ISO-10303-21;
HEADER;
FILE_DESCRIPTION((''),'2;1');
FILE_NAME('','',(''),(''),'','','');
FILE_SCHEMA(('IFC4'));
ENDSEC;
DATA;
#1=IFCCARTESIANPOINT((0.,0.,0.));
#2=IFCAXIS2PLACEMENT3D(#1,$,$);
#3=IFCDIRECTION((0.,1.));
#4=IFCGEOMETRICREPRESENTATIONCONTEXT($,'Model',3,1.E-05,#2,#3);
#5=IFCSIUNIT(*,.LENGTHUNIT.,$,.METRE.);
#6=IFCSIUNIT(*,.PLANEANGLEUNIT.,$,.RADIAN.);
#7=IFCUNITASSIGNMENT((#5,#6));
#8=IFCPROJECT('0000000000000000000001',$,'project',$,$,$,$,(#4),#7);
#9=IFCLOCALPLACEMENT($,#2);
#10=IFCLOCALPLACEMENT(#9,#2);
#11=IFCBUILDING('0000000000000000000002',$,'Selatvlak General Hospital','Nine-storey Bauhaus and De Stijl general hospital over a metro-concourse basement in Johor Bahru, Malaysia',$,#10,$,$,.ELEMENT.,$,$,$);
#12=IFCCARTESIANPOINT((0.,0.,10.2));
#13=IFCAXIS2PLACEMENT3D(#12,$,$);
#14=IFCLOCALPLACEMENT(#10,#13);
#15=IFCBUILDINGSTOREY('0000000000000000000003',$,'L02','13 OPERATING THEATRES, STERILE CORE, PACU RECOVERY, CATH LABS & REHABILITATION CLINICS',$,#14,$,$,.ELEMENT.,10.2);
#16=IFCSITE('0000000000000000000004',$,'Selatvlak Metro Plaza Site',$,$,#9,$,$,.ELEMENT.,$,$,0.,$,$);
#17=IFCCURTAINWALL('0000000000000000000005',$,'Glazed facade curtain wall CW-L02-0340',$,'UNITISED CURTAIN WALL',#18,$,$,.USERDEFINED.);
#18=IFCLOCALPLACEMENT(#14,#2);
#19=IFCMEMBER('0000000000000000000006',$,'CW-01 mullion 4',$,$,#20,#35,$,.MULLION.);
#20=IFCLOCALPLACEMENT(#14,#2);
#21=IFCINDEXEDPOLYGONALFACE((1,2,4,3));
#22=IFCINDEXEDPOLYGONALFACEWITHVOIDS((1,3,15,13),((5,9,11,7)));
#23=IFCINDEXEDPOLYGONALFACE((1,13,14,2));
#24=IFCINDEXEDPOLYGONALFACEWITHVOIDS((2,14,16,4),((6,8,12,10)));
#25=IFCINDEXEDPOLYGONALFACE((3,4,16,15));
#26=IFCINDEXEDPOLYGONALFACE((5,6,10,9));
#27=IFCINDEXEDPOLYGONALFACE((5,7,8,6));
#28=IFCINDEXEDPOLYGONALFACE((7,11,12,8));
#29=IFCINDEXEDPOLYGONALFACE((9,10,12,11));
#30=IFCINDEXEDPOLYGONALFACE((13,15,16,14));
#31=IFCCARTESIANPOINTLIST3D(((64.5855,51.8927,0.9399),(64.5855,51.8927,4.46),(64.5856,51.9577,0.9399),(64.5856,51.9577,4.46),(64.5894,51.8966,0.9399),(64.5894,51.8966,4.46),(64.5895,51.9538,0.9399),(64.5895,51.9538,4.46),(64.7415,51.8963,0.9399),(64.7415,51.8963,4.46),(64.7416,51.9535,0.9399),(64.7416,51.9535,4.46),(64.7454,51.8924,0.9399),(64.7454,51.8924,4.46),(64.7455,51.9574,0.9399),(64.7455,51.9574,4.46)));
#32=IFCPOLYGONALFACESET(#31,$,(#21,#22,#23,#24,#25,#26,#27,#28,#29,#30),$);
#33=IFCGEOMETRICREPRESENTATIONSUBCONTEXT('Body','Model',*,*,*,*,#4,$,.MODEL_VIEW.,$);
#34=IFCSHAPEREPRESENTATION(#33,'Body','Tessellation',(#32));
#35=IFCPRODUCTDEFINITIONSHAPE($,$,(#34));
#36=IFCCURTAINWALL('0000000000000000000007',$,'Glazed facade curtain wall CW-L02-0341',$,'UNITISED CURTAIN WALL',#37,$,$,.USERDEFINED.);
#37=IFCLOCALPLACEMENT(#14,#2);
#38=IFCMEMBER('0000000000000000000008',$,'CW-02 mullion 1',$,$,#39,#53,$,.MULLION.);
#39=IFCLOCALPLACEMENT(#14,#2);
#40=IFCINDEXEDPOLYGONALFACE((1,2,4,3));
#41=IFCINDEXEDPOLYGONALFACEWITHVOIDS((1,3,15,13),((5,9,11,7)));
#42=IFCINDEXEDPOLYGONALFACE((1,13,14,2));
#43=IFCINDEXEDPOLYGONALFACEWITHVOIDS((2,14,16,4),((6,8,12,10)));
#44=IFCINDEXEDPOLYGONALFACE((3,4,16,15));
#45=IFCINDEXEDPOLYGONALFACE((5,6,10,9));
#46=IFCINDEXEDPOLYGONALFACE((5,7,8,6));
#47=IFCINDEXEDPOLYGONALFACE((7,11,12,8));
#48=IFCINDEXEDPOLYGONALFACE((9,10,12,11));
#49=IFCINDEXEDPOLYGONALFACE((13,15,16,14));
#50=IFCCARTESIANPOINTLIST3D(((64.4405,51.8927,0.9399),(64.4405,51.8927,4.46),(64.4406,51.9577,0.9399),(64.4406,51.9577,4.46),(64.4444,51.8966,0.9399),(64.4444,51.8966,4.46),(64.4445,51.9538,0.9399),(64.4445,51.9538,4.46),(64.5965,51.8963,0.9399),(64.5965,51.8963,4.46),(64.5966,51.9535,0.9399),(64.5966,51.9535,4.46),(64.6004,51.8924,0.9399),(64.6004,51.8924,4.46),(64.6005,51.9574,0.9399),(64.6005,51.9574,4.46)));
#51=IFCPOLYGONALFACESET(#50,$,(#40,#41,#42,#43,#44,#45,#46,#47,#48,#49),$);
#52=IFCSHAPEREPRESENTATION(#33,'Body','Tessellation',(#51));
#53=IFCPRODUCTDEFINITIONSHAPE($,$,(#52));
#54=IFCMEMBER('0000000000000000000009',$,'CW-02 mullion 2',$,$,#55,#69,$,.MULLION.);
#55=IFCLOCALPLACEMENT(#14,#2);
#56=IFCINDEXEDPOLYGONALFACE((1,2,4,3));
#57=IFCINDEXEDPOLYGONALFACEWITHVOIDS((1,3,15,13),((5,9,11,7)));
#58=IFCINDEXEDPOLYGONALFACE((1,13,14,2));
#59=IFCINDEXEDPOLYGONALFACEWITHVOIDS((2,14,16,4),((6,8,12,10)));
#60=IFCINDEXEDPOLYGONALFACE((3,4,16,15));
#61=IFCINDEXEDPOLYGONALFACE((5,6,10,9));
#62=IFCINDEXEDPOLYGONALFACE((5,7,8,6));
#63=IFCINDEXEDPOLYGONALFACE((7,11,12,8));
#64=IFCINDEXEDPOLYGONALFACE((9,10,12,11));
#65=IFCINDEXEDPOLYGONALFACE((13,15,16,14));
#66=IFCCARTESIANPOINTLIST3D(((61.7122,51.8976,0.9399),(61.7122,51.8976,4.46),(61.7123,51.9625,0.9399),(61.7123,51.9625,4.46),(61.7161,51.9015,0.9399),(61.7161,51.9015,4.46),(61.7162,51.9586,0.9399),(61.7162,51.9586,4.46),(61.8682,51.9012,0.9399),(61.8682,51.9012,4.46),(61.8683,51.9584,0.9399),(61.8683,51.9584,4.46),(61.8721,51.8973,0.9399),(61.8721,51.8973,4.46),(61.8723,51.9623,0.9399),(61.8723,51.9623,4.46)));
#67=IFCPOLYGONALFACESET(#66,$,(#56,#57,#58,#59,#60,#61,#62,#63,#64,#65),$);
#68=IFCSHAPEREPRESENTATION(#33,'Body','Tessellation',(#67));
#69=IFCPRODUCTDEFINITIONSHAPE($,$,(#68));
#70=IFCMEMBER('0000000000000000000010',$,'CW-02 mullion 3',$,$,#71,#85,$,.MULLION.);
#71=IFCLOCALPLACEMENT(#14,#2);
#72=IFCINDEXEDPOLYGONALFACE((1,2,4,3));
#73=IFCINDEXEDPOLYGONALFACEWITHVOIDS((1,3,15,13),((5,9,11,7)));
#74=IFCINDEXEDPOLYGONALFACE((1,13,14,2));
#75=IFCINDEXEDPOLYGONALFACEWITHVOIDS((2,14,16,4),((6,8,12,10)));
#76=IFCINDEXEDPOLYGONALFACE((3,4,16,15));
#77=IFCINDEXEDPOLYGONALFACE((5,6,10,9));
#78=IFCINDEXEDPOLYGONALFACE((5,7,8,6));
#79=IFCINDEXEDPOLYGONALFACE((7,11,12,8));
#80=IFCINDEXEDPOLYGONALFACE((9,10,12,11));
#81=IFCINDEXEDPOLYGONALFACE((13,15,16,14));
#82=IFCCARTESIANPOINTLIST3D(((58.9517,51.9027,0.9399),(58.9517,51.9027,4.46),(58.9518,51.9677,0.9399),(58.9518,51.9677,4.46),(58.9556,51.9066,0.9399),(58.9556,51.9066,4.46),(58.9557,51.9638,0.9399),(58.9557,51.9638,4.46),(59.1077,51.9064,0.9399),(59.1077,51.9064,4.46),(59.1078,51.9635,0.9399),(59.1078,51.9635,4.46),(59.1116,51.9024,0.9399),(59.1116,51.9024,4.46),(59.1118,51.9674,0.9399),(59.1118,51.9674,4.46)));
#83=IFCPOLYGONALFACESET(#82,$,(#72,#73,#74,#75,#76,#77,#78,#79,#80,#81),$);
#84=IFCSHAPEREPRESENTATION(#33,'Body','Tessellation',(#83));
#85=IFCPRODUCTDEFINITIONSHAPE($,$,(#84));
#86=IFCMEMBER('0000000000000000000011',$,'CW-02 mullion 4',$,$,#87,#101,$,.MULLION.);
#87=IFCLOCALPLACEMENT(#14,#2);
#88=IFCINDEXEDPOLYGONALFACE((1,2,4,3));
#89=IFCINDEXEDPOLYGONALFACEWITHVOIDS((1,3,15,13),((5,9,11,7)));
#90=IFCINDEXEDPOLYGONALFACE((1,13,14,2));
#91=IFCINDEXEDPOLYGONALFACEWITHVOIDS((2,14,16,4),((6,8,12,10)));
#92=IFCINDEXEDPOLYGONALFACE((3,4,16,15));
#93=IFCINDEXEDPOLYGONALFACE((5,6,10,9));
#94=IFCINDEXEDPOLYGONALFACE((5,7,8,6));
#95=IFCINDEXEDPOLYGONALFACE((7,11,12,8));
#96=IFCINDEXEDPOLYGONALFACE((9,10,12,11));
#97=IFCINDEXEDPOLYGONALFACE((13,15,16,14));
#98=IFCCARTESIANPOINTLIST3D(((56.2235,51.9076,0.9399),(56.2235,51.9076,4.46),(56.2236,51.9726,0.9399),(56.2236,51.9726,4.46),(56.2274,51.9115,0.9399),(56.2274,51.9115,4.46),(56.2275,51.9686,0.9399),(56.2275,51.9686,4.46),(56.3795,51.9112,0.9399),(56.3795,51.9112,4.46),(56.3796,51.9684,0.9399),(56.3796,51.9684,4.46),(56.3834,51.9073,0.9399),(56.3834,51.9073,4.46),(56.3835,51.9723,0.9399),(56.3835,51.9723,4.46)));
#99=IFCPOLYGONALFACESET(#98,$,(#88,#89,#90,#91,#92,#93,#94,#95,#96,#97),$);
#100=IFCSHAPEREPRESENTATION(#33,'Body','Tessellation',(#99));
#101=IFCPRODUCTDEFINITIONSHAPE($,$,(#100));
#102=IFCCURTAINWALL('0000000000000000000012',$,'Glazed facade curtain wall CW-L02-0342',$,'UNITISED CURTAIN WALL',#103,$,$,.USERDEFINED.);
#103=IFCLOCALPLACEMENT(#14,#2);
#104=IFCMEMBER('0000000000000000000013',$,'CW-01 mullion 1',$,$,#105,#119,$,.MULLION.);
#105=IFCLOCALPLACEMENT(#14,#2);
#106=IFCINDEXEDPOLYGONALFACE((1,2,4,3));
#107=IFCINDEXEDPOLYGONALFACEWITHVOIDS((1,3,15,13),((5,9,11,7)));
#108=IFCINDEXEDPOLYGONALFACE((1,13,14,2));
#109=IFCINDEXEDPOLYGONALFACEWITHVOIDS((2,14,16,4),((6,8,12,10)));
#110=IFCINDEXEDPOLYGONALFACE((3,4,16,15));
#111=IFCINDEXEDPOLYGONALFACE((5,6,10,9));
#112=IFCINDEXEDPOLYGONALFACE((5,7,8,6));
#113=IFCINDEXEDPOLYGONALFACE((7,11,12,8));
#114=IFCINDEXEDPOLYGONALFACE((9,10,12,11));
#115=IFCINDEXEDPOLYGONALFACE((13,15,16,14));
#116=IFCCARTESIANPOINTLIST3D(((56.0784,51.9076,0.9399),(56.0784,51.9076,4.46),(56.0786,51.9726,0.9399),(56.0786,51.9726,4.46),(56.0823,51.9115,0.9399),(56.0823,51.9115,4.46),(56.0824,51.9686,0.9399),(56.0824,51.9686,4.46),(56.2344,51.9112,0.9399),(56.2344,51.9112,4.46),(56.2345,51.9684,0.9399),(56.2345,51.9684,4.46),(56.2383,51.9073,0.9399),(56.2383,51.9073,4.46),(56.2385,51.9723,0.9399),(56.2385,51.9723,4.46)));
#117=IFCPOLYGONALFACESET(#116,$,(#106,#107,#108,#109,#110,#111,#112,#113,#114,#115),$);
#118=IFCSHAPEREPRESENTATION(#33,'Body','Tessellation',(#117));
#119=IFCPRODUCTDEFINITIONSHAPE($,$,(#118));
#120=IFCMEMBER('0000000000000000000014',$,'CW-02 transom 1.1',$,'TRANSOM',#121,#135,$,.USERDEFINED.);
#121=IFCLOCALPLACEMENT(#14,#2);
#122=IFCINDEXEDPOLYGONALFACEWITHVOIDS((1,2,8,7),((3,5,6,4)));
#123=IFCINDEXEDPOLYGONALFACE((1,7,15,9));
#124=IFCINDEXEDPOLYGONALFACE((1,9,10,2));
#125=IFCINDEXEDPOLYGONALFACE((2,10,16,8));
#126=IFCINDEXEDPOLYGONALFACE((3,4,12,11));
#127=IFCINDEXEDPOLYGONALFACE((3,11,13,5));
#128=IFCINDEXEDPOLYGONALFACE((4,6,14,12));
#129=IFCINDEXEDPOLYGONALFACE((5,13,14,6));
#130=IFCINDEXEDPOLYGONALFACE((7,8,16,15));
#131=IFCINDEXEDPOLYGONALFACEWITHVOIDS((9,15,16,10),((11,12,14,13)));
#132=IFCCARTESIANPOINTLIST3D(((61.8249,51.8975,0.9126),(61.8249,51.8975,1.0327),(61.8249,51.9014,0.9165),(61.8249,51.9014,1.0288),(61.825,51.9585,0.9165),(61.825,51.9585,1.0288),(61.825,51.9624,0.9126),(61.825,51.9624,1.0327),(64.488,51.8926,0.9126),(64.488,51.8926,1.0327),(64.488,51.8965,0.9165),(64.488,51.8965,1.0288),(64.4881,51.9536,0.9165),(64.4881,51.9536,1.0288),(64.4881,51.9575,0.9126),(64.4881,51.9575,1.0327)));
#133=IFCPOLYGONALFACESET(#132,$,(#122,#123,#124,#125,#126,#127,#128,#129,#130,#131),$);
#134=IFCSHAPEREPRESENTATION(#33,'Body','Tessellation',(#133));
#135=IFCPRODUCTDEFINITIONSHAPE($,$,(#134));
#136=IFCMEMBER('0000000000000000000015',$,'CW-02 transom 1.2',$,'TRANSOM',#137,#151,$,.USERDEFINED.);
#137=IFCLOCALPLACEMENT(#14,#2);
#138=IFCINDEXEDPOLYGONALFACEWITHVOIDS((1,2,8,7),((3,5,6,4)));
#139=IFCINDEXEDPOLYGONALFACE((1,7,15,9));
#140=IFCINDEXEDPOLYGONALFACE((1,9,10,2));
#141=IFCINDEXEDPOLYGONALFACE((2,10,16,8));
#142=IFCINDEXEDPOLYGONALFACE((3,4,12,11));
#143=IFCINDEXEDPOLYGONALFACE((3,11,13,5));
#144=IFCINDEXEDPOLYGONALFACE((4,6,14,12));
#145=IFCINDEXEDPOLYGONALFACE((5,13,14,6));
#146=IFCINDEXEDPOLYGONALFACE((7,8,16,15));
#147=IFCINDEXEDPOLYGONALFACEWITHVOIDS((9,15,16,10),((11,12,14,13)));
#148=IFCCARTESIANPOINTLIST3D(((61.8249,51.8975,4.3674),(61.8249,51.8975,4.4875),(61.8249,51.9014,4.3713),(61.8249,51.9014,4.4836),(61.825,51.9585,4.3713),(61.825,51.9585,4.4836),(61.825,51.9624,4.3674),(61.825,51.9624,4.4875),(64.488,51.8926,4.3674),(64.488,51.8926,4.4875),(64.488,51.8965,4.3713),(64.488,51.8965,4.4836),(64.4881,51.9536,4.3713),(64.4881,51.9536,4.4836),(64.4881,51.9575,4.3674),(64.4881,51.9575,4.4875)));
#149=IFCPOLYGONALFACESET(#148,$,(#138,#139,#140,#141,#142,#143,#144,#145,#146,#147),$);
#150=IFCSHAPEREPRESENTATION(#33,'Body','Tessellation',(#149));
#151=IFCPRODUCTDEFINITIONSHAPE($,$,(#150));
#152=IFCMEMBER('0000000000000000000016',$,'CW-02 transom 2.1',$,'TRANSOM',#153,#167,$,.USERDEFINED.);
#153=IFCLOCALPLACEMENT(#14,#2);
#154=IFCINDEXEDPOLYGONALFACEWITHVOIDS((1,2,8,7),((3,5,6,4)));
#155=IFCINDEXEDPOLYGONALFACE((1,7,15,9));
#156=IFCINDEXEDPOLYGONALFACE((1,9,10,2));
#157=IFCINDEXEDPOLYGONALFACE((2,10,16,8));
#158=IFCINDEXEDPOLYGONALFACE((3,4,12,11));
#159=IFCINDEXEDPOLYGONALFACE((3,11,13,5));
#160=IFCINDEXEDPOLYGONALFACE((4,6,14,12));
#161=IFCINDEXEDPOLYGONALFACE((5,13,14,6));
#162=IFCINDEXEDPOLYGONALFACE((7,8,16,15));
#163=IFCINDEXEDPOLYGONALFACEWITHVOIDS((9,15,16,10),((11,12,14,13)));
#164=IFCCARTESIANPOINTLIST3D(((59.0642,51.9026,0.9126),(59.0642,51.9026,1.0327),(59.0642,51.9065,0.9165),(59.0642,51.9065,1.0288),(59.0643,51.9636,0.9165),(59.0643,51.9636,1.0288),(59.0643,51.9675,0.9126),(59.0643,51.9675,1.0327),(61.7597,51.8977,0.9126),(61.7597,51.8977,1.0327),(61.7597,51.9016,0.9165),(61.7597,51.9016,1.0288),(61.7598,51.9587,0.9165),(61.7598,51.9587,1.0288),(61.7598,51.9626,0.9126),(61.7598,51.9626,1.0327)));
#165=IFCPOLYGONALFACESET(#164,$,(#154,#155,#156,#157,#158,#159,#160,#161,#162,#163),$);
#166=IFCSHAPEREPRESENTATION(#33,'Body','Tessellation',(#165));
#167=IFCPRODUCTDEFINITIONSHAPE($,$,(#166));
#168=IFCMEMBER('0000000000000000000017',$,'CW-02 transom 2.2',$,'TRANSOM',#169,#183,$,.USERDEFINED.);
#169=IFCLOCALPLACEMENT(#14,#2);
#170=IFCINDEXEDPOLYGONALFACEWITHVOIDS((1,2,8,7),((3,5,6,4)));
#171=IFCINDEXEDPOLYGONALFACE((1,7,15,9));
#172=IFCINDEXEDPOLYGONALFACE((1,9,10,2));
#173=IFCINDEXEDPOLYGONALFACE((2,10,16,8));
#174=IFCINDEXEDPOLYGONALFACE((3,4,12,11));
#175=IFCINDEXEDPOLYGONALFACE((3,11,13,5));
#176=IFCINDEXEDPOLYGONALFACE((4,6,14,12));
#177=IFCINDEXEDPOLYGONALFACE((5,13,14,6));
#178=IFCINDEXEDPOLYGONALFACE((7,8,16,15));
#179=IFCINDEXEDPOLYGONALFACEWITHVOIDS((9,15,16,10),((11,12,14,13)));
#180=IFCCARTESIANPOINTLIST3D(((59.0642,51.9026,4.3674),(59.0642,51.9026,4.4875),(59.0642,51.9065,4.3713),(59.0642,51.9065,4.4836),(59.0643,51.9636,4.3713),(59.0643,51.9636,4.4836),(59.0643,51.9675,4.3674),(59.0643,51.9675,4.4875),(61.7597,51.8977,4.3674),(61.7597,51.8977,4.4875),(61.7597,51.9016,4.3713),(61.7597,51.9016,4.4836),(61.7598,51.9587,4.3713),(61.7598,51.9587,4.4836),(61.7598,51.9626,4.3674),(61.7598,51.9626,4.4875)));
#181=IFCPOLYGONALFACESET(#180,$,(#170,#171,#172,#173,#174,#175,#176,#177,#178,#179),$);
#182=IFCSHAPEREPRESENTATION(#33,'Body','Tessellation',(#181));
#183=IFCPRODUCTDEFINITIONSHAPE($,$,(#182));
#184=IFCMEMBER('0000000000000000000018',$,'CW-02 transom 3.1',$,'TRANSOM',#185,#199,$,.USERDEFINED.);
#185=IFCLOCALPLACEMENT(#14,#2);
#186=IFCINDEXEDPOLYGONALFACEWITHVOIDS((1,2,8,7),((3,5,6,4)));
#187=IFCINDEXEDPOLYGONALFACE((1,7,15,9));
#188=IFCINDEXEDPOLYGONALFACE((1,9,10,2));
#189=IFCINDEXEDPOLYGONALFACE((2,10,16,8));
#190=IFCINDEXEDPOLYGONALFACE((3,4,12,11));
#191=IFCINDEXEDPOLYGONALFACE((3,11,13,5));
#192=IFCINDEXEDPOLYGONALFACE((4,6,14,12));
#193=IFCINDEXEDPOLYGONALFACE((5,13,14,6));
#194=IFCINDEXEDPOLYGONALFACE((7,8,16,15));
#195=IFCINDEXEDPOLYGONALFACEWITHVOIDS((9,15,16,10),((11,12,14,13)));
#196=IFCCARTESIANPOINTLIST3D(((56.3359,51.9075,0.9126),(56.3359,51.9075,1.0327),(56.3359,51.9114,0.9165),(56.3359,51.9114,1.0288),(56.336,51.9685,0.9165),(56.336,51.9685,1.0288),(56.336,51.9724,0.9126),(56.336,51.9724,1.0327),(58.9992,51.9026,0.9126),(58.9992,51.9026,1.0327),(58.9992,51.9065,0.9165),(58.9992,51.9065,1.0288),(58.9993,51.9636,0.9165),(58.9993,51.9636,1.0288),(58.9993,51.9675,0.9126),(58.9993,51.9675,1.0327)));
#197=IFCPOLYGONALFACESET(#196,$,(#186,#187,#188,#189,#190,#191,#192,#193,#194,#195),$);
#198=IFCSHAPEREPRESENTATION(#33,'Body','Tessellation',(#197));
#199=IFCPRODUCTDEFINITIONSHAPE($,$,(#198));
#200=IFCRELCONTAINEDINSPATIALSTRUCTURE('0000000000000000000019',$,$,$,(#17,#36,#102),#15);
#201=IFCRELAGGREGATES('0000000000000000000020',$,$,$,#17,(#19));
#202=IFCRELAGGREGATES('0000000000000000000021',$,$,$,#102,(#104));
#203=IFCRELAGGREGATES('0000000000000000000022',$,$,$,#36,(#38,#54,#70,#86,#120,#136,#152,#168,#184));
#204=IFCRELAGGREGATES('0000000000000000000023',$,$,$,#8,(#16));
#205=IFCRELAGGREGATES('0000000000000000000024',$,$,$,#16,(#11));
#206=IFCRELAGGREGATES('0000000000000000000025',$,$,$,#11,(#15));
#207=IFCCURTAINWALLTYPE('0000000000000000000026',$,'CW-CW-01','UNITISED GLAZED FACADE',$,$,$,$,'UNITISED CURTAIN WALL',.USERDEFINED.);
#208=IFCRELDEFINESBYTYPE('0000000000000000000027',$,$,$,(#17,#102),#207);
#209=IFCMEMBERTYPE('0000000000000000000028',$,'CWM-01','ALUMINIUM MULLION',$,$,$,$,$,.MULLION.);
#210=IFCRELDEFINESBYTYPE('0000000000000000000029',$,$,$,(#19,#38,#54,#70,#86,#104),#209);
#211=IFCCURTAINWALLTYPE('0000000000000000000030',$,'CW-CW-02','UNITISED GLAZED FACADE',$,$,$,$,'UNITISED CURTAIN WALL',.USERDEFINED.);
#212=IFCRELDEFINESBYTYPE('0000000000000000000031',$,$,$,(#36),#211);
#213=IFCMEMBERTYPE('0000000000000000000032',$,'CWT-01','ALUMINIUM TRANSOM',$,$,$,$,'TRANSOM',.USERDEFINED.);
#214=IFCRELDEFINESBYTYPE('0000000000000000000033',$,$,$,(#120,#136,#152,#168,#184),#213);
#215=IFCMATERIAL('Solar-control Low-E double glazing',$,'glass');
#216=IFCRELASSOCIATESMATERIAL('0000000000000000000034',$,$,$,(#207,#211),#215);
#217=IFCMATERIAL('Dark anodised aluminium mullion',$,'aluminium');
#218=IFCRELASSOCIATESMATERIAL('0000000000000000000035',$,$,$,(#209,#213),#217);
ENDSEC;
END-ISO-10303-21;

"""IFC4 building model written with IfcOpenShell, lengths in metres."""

from ifc_helpers import new_model, si_unit, direction, frame, origin, origin_2d, place, context, subcontext, project, spatial, hollow_rectangle, extrude, material, material_profile, profile_set, type_object, element, aggregate, save


model = new_model("IFC4")

# Units and contexts
model_context = context("Model", 3, precision=1e-05, world=origin(), true_north=direction((0.0, 1.0)))
body_context = subcontext(model_context, "Body", "Model", "MODEL_VIEW")
ifc_project = project(units=[si_unit("LENGTHUNIT", "METRE"), si_unit("PLANEANGLEUNIT", "RADIAN")], contexts=[model_context])

# Site, building, storey
site_placement = place(None, origin())
site = spatial("IfcSite", under=ifc_project, at=site_placement, Name="Selatvlak Metro Plaza Site", CompositionType="ELEMENT", RefElevation=0.0)
building_placement = place(site_placement, origin())
building = spatial("IfcBuilding", under=site, at=building_placement, Name="Selatvlak General Hospital", Description="Nine-storey Bauhaus and De Stijl general hospital over a metro-concourse basement in Johor Bahru, Malaysia", CompositionType="ELEMENT")
storey_placement = place(building_placement, frame((0.0, 0.0, 10.2)))
storey = spatial("IfcBuildingStorey", under=building, at=storey_placement, Name="L02", Description="13 OPERATING THEATRES, STERILE CORE, PACU RECOVERY, CATH LABS & REHABILITATION CLINICS", CompositionType="ELEMENT", Elevation=10.2)

# Curtain wall, member
ifc_material_1 = material(Name="Solar-control Low-E double glazing", Category="glass")
curtain_wall_type_1 = type_object("IfcCurtainWallType", Name="CW-CW-01", Description="UNITISED GLAZED FACADE", ElementType="UNITISED CURTAIN WALL", PredefinedType="USERDEFINED", material=ifc_material_1)
curtain_wall_1_placement = place(storey_placement, origin())
curtain_wall_1 = element("IfcCurtainWall", 1, at=curtain_wall_1_placement, inside=storey, type_object=curtain_wall_type_1, Name="Glazed facade curtain wall CW-L02-0340", ObjectType="UNITISED CURTAIN WALL", PredefinedType="USERDEFINED")
ifc_material_2 = material(Name="Dark anodised aluminium mullion", Category="aluminium")
ifc_material_profile_1 = material_profile(ifc_material_2, hollow_rectangle(XDim=0.0649, YDim=0.1599, WallThickness=0.0039, at=origin_2d()), Name="AL-MUL 65x160x4")
ifc_profile_set_1 = profile_set([ifc_material_profile_1], Name="Dark anodised aluminium mullion")
member_type_1 = type_object("IfcMemberType", Name="CWM-01", Description="ALUMINIUM MULLION", PredefinedType="MULLION", material=ifc_profile_set_1)
member_1_placement = place(storey_placement, frame((64.6655, 51.925, 0.9399), z_axis=(0.0, 0.0, 1.0), x_axis=(-0.001811, -0.999998, 0.0)))
member_1 = element("IfcMember", 2, at=member_1_placement, type_object=member_type_1, Name="CW-01 mullion 4", PredefinedType="MULLION", context=body_context, shape_type="SweptSolid", body=[
    extrude(hollow_rectangle(XDim=0.0649, YDim=0.1599, WallThickness=0.0039, at=origin_2d()), origin(), (0.0, 0.0, 1.0), 3.52),
])
aggregate(curtain_wall_1, [member_1])

# Curtain wall, members
curtain_wall_type_2 = type_object("IfcCurtainWallType", Name="CW-CW-02", Description="UNITISED GLAZED FACADE", ElementType="UNITISED CURTAIN WALL", PredefinedType="USERDEFINED", material=ifc_material_1)
curtain_wall_2_placement = place(storey_placement, origin())
curtain_wall_2 = element("IfcCurtainWall", 3, at=curtain_wall_2_placement, inside=storey, type_object=curtain_wall_type_2, Name="Glazed facade curtain wall CW-L02-0341", ObjectType="UNITISED CURTAIN WALL", PredefinedType="USERDEFINED")
member_2_placement = place(storey_placement, frame((64.5205, 51.925, 0.9399), z_axis=(0.0, 0.0, 1.0), x_axis=(-0.001811, -0.999998, 0.0)))
member_2 = element("IfcMember", 4, at=member_2_placement, type_object=member_type_1, Name="CW-02 mullion 1", PredefinedType="MULLION", context=body_context, shape_type="SweptSolid", body=[
    extrude(hollow_rectangle(XDim=0.0649, YDim=0.1599, WallThickness=0.0039, at=origin_2d()), origin(), (0.0, 0.0, 1.0), 3.52),
])
member_3_placement = place(storey_placement, frame((61.7922, 51.9299, 0.9399), z_axis=(0.0, 0.0, 1.0), x_axis=(-0.001811, -0.999998, 0.0)))
member_3 = element("IfcMember", 5, at=member_3_placement, type_object=member_type_1, Name="CW-02 mullion 2", PredefinedType="MULLION", context=body_context, shape_type="SweptSolid", body=[
    extrude(hollow_rectangle(XDim=0.0649, YDim=0.1599, WallThickness=0.0039, at=origin_2d()), origin(), (0.0, 0.0, 1.0), 3.52),
])
member_4_placement = place(storey_placement, frame((59.0317, 51.9351, 0.9399), z_axis=(0.0, 0.0, 1.0), x_axis=(-0.001811, -0.999998, 0.0)))
member_4 = element("IfcMember", 6, at=member_4_placement, type_object=member_type_1, Name="CW-02 mullion 3", PredefinedType="MULLION", context=body_context, shape_type="SweptSolid", body=[
    extrude(hollow_rectangle(XDim=0.0649, YDim=0.1599, WallThickness=0.0039, at=origin_2d()), origin(), (0.0, 0.0, 1.0), 3.52),
])
member_5_placement = place(storey_placement, frame((56.3035, 51.9399, 0.9399), z_axis=(0.0, 0.0, 1.0), x_axis=(-0.001811, -0.999998, 0.0)))
member_5 = element("IfcMember", 7, at=member_5_placement, type_object=member_type_1, Name="CW-02 mullion 4", PredefinedType="MULLION", context=body_context, shape_type="SweptSolid", body=[
    extrude(hollow_rectangle(XDim=0.0649, YDim=0.1599, WallThickness=0.0039, at=origin_2d()), origin(), (0.0, 0.0, 1.0), 3.52),
])

# Curtain wall, member
curtain_wall_3_placement = place(storey_placement, origin())
curtain_wall_3 = element("IfcCurtainWall", 8, at=curtain_wall_3_placement, inside=storey, type_object=curtain_wall_type_1, Name="Glazed facade curtain wall CW-L02-0342", ObjectType="UNITISED CURTAIN WALL", PredefinedType="USERDEFINED")
member_6_placement = place(storey_placement, frame((56.1584, 51.9399, 0.9399), z_axis=(0.0, 0.0, 1.0), x_axis=(-0.001811, -0.999998, 0.0)))
member_6 = element("IfcMember", 9, at=member_6_placement, type_object=member_type_1, Name="CW-01 mullion 1", PredefinedType="MULLION", context=body_context, shape_type="SweptSolid", body=[
    extrude(hollow_rectangle(XDim=0.0649, YDim=0.1599, WallThickness=0.0039, at=origin_2d()), origin(), (0.0, 0.0, 1.0), 3.52),
])

# Members
ifc_material_profile_2 = material_profile(ifc_material_2, hollow_rectangle(XDim=0.0649, YDim=0.1201, WallThickness=0.0039, at=origin_2d()), Name="AL-TRN 65x120x4")
ifc_profile_set_2 = profile_set([ifc_material_profile_2], Name="Dark anodised aluminium mullion")
member_type_2 = type_object("IfcMemberType", Name="CWT-01", Description="ALUMINIUM TRANSOM", ElementType="TRANSOM", PredefinedType="USERDEFINED", material=ifc_profile_set_2)
member_7_placement = place(storey_placement, frame((64.488, 51.925, 0.9727), z_axis=(-0.999998, 0.001834, 0.0), x_axis=(-0.001834, -0.999998, 0.0)))
member_7 = element("IfcMember", 10, at=member_7_placement, type_object=member_type_2, Name="CW-02 transom 1.1", ObjectType="TRANSOM", PredefinedType="USERDEFINED", context=body_context, shape_type="SweptSolid", body=[
    extrude(hollow_rectangle(XDim=0.0649, YDim=0.1201, WallThickness=0.0039, at=origin_2d()), origin(), (0.0, 0.0, 1.0), 2.6631),
])
member_8_placement = place(storey_placement, frame((64.488, 51.925, 4.4275), z_axis=(-0.999998, 0.001834, 0.0), x_axis=(-0.001834, -0.999998, 0.0)))
member_8 = element("IfcMember", 11, at=member_8_placement, type_object=member_type_2, Name="CW-02 transom 1.2", ObjectType="TRANSOM", PredefinedType="USERDEFINED", context=body_context, shape_type="SweptSolid", body=[
    extrude(hollow_rectangle(XDim=0.0649, YDim=0.1201, WallThickness=0.0039, at=origin_2d()), origin(), (0.0, 0.0, 1.0), 2.6631),
])
member_9_placement = place(storey_placement, frame((61.7598, 51.9302, 0.9727), z_axis=(-0.999998, 0.001811, 0.0), x_axis=(-0.001811, -0.999998, 0.0)))
member_9 = element("IfcMember", 12, at=member_9_placement, type_object=member_type_2, Name="CW-02 transom 2.1", ObjectType="TRANSOM", PredefinedType="USERDEFINED", context=body_context, shape_type="SweptSolid", body=[
    extrude(hollow_rectangle(XDim=0.0649, YDim=0.1201, WallThickness=0.0039, at=origin_2d()), origin(), (0.0, 0.0, 1.0), 2.6956),
])
member_10_placement = place(storey_placement, frame((61.7598, 51.9302, 4.4275), z_axis=(-0.999998, 0.001811, 0.0), x_axis=(-0.001811, -0.999998, 0.0)))
member_10 = element("IfcMember", 13, at=member_10_placement, type_object=member_type_2, Name="CW-02 transom 2.2", ObjectType="TRANSOM", PredefinedType="USERDEFINED", context=body_context, shape_type="SweptSolid", body=[
    extrude(hollow_rectangle(XDim=0.0649, YDim=0.1201, WallThickness=0.0039, at=origin_2d()), origin(), (0.0, 0.0, 1.0), 2.6956),
])
member_11_placement = place(storey_placement, frame((58.9993, 51.9351, 0.9727), z_axis=(-0.999998, 0.001833, 0.0), x_axis=(-0.001833, -0.999998, 0.0)))
member_11 = element("IfcMember", 14, at=member_11_placement, type_object=member_type_2, Name="CW-02 transom 3.1", ObjectType="TRANSOM", PredefinedType="USERDEFINED", context=body_context, shape_type="SweptSolid", body=[
    extrude(hollow_rectangle(XDim=0.0649, YDim=0.1201, WallThickness=0.0039, at=origin_2d()), origin(), (0.0, 0.0, 1.0), 2.6633),
])
aggregate(curtain_wall_3, [member_6])

aggregate(curtain_wall_2, [member_2, member_3, member_4, member_5, member_7, member_8, member_9, member_10, member_11])

save(model, "model.ifc")
